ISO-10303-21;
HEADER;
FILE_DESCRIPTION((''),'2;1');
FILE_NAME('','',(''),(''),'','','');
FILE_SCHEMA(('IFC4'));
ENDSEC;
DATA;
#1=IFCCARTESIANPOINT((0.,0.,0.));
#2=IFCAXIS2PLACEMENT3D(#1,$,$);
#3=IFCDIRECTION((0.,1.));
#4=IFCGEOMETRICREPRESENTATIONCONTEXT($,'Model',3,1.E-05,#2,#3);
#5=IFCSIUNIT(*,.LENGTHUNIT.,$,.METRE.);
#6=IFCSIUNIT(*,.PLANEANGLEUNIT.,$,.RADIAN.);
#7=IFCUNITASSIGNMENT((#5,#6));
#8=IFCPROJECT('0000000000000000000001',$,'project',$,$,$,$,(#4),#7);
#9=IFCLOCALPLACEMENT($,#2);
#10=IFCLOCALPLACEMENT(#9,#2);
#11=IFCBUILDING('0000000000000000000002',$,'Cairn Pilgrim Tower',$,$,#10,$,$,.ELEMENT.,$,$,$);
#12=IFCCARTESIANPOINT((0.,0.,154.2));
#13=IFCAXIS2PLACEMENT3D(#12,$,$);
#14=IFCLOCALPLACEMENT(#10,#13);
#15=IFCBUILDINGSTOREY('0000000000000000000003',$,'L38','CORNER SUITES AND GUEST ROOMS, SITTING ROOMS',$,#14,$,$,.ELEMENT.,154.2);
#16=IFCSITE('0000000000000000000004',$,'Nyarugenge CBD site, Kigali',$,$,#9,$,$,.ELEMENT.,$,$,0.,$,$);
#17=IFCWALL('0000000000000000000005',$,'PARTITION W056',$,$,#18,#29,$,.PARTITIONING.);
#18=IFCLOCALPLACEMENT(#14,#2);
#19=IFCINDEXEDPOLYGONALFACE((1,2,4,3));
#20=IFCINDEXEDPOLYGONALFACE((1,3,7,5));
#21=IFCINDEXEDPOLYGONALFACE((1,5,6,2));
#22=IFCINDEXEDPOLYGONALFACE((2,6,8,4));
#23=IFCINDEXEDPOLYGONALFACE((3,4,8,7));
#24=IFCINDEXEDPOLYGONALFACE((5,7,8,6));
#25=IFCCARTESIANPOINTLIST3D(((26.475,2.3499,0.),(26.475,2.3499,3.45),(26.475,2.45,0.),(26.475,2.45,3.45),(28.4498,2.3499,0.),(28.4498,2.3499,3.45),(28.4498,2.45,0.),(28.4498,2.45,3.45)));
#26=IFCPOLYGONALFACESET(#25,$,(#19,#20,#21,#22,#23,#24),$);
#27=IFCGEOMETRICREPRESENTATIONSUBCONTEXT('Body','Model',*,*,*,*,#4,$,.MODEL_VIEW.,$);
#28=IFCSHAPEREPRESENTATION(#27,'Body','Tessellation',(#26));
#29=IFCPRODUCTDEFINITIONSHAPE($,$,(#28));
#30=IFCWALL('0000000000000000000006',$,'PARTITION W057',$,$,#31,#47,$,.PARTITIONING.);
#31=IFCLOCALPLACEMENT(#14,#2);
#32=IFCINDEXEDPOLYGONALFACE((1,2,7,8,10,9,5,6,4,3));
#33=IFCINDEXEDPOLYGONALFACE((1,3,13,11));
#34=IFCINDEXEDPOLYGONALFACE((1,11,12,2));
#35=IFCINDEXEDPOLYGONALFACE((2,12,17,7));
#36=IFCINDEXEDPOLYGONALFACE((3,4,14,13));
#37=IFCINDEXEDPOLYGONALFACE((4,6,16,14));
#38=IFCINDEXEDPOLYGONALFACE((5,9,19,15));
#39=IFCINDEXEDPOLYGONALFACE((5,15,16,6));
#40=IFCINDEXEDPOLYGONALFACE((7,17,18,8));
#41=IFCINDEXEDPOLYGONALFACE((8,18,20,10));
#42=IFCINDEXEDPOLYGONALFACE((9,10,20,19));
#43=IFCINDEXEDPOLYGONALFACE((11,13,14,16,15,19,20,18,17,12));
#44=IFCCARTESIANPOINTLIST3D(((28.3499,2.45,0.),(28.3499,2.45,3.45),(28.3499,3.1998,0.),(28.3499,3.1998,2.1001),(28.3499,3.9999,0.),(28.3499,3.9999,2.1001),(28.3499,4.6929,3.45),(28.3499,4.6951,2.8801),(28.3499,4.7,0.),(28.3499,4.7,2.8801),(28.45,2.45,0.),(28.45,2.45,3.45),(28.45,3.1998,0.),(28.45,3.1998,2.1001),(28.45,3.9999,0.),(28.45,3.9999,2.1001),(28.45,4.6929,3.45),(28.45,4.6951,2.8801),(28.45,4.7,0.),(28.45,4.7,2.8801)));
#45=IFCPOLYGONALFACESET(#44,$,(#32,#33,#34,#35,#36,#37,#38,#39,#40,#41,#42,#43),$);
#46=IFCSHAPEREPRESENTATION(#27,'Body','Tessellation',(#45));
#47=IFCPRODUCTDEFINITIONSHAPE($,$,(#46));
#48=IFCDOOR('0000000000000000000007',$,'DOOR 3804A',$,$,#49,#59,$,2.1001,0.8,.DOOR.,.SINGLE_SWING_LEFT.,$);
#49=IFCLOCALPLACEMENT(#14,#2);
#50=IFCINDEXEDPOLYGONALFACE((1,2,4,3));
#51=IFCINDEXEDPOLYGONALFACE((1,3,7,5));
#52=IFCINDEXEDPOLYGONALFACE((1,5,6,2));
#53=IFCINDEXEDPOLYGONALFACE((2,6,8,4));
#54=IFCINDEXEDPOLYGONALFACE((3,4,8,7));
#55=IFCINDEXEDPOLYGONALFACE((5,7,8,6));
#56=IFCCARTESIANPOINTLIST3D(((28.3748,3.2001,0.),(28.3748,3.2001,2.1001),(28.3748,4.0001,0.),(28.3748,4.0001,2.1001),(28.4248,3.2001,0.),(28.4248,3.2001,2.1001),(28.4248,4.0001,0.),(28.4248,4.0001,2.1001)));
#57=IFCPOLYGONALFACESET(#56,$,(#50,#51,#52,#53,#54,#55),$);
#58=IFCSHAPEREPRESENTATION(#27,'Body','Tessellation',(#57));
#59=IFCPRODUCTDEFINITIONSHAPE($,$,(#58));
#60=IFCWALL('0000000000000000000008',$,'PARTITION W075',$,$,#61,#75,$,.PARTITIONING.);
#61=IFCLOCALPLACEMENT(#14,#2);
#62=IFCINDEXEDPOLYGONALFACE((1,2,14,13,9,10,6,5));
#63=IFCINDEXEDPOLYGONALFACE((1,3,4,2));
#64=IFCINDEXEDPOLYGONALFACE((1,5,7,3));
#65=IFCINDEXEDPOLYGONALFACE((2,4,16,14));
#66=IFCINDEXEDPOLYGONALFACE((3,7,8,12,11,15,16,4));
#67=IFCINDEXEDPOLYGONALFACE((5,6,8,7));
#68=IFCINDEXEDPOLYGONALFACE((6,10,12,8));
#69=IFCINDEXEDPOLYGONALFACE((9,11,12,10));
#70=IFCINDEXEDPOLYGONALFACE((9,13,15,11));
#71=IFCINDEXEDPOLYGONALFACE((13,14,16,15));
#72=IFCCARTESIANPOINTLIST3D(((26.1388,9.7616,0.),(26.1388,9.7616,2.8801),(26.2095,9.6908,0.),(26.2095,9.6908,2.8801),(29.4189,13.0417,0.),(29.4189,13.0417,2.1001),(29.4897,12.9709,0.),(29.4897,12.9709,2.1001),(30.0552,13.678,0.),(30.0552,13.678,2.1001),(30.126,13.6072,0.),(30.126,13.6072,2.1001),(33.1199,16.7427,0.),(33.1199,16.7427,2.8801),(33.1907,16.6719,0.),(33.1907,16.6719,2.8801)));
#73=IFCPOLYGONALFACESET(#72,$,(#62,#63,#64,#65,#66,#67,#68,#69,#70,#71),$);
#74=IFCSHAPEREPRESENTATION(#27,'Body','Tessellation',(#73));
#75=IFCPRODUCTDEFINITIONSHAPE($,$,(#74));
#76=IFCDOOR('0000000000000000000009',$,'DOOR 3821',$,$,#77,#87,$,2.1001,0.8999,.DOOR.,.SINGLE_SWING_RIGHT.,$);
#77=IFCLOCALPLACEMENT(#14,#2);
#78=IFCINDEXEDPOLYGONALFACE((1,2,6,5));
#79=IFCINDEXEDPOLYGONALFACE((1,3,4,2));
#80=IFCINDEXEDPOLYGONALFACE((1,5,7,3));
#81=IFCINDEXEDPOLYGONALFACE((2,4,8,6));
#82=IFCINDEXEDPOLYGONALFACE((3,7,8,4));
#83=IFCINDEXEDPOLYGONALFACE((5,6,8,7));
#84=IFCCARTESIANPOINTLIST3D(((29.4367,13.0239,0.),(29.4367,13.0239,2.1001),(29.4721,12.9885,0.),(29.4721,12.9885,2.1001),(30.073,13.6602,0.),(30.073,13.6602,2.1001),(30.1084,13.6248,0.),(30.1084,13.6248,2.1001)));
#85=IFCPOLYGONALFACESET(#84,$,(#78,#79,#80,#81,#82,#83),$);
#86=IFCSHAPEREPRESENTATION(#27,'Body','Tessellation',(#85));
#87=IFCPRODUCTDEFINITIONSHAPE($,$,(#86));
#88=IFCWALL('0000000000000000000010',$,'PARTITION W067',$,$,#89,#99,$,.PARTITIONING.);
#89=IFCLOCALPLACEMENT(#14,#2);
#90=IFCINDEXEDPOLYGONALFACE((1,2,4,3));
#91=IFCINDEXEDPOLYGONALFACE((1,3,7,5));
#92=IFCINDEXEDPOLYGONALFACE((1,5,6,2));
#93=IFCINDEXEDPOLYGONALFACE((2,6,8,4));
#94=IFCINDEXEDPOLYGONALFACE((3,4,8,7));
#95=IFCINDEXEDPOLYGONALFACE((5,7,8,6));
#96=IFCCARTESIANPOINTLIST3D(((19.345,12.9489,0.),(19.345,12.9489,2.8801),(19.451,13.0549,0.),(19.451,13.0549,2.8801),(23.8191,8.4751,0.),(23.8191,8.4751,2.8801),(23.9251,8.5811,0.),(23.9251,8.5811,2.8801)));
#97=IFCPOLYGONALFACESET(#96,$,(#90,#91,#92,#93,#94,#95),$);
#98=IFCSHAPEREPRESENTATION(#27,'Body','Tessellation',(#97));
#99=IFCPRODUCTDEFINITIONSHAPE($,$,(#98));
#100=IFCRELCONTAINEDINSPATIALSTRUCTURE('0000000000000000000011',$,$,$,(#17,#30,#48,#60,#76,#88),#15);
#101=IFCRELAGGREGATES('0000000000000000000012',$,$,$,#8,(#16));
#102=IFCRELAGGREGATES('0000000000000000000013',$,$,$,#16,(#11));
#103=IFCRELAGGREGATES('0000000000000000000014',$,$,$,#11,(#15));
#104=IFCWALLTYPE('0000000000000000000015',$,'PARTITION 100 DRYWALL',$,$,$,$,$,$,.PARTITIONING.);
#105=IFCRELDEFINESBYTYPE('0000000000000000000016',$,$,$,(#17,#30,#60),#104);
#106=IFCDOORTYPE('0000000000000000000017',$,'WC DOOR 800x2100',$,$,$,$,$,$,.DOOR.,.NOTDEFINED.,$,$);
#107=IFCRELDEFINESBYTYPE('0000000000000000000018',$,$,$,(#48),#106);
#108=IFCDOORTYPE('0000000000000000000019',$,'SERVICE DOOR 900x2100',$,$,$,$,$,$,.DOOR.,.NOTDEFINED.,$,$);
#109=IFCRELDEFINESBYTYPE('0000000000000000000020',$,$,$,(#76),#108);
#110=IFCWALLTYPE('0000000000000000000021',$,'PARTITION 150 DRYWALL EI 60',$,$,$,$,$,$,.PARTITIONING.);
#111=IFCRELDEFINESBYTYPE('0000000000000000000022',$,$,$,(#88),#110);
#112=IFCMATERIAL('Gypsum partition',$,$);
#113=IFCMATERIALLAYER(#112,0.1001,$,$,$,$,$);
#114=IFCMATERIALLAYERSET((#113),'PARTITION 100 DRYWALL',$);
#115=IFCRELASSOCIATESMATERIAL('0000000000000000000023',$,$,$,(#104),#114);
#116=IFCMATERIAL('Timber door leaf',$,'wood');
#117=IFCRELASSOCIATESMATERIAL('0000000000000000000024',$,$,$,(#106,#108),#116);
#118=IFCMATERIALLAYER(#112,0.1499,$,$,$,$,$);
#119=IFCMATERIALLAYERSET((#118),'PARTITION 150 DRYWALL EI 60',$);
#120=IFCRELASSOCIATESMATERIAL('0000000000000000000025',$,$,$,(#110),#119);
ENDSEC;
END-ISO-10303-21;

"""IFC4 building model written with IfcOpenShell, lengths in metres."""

from ifc_helpers import new_model, si_unit, direction, frame, frame_2d, origin, place, context, subcontext, project, spatial, polyline, rectangle, outline, extrude, material, layer, layer_set, type_object, element, fill, save


model = new_model("IFC4")

# Units and contexts
model_context = context("Model", 3, precision=1e-05, world=origin(), true_north=direction((0.0, 1.0)))
body_context = subcontext(model_context, "Body", "Model", "MODEL_VIEW")
ifc_project = project(units=[si_unit("LENGTHUNIT", "METRE"), si_unit("PLANEANGLEUNIT", "RADIAN")], contexts=[model_context])

# Site, building, storey
site_placement = place(None, origin())
site = spatial("IfcSite", under=ifc_project, at=site_placement, Name="Nyarugenge CBD site, Kigali", CompositionType="ELEMENT", RefElevation=0.0)
building_placement = place(site_placement, origin())
building = spatial("IfcBuilding", under=site, at=building_placement, Name="Cairn Pilgrim Tower", CompositionType="ELEMENT")
storey_placement = place(building_placement, frame((0.0, 0.0, 154.2)))
storey = spatial("IfcBuildingStorey", under=building, at=storey_placement, Name="L38", Description="CORNER SUITES AND GUEST ROOMS, SITTING ROOMS", CompositionType="ELEMENT", Elevation=154.2)

# Wall
ifc_material_1 = material(Name="Gypsum partition")
ifc_layer_1 = layer(ifc_material_1, 0.1001)
ifc_layer_set_1 = layer_set([ifc_layer_1], Name="PARTITION 100 DRYWALL")
wall_type_1 = type_object("IfcWallType", Name="PARTITION 100 DRYWALL", PredefinedType="PARTITIONING", material=ifc_layer_set_1)
wall_1_placement = place(storey_placement, frame((26.4751, 2.3999, 0.0), z_axis=(0.0, 0.0, 1.0), x_axis=(1.0, 0.0, 0.0)))
element("IfcWall", 1, at=wall_1_placement, inside=storey, type_object=wall_type_1, Name="PARTITION W056", PredefinedType="PARTITIONING", context=body_context, shape_type="SweptSolid", body=[
    extrude(rectangle(XDim=1.9749, YDim=0.1001, at=frame_2d((0.9873, 0.0))), origin(), (0.0, 0.0, 1.0), 3.45),
])

# Walls, openings, doors
wall_2_placement = place(storey_placement, frame((28.3999, 2.45, 0.0), z_axis=(0.0, 0.0, 1.0), x_axis=(0.0, 1.0, 0.0)))
wall_2 = element("IfcWall", 2, at=wall_2_placement, inside=storey, type_object=wall_type_1, Name="PARTITION W057", PredefinedType="PARTITIONING", context=body_context, shape_type="SweptSolid", body=[
    extrude(outline(polyline([(0.0, 0.0), (2.25, 0.0), (2.25, 2.8801), (2.2451, 2.8801), (2.2429, 3.45), (0.0, 3.45), (0.0, 0.0)])), frame((0.0, 0.05, 0.0), z_axis=(0.0, -1.0, 0.0), x_axis=(1.0, 0.0, 0.0)), (0.0, 0.0, 1.0), 0.1001),
])
opening_1_placement = place(wall_2_placement, frame((0.75, 0.0, 0.0)))
opening_1 = element("IfcOpeningElement", 3, at=opening_1_placement, cuts=wall_2, PredefinedType="OPENING", context=body_context, shape_type="SweptSolid", body=[
    extrude(rectangle(XDim=0.8, YDim=2.1001, at=frame_2d((0.3999, 1.05))), frame((0.0, 0.0601, 0.0), z_axis=(0.0, -1.0, 0.0), x_axis=(1.0, 0.0, 0.0)), (0.0, 0.0, 1.0), 0.1201),
])
ifc_material_2 = material(Name="Timber door leaf", Category="wood")
door_type_1 = type_object("IfcDoorType", Name="WC DOOR 800x2100", OperationType="NOTDEFINED", PredefinedType="DOOR", material=ifc_material_2)
door_1_placement = place(opening_1_placement, frame((0.8, 0.0, 0.0), z_axis=(0.0, 0.0, 1.0), x_axis=(-1.0, 0.0, 0.0)))
door_1 = element("IfcDoor", 4, at=door_1_placement, inside=storey, type_object=door_type_1, Name="DOOR 3804A", OperationType="SINGLE_SWING_LEFT", OverallHeight=2.1001, OverallWidth=0.8, PredefinedType="DOOR", context=body_context, shape_type="SweptSolid", body=[
    extrude(rectangle(XDim=0.8, YDim=2.1001, at=frame_2d((0.3999, 1.05))), frame((0.0, 0.0249, 0.0), z_axis=(0.0, -1.0, 0.0), x_axis=(1.0, 0.0, 0.0)), (0.0, 0.0, 1.0), 0.05),
])
fill(opening_1, door_1)
wall_3_placement = place(storey_placement, frame((26.1741, 9.7261, 0.0), z_axis=(0.0, 0.0, 1.0), x_axis=(0.707107, 0.707107, 0.0)))
wall_3 = element("IfcWall", 5, at=wall_3_placement, inside=storey, type_object=wall_type_1, Name="PARTITION W075", PredefinedType="PARTITIONING", context=body_context, shape_type="SweptSolid", body=[
    extrude(rectangle(XDim=9.8728, YDim=0.1001, at=frame_2d((4.9365, 0.0))), origin(), (0.0, 0.0, 1.0), 2.8801),
])
opening_2_placement = place(wall_3_placement, frame((4.6389, 0.0, 0.0)))
opening_2 = element("IfcOpeningElement", 6, at=opening_2_placement, cuts=wall_3, PredefinedType="OPENING", context=body_context, shape_type="SweptSolid", body=[
    extrude(rectangle(XDim=0.8999, YDim=2.1001, at=frame_2d((0.45, 1.05))), frame((0.0, 0.0601, 0.0), z_axis=(0.0, -1.0, 0.0), x_axis=(1.0, 0.0, 0.0)), (0.0, 0.0, 1.0), 0.1201),
])
door_type_2 = type_object("IfcDoorType", Name="SERVICE DOOR 900x2100", OperationType="NOTDEFINED", PredefinedType="DOOR", material=ifc_material_2)
door_2_placement = place(opening_2_placement, origin())
door_2 = element("IfcDoor", 7, at=door_2_placement, inside=storey, type_object=door_type_2, Name="DOOR 3821", OperationType="SINGLE_SWING_RIGHT", OverallHeight=2.1001, OverallWidth=0.8999, PredefinedType="DOOR", context=body_context, shape_type="SweptSolid", body=[
    extrude(rectangle(XDim=0.8999, YDim=2.1001, at=frame_2d((0.45, 1.05))), frame((0.0, 0.0249, 0.0), z_axis=(0.0, -1.0, 0.0), x_axis=(1.0, 0.0, 0.0)), (0.0, 0.0, 1.0), 0.05),
])
fill(opening_2, door_2)

# Wall
ifc_layer_2 = layer(ifc_material_1, 0.1499)
ifc_layer_set_2 = layer_set([ifc_layer_2], Name="PARTITION 150 DRYWALL EI 60")
wall_type_2 = type_object("IfcWallType", Name="PARTITION 150 DRYWALL EI 60", PredefinedType="PARTITIONING", material=ifc_layer_set_2)
wall_4_placement = place(storey_placement, frame((23.8721, 8.5281, 0.0), z_axis=(0.0, 0.0, 1.0), x_axis=(-0.707126, 0.707087, 0.0)))
element("IfcWall", 8, at=wall_4_placement, inside=storey, type_object=wall_type_2, Name="PARTITION W067", PredefinedType="PARTITIONING", context=body_context, shape_type="SweptSolid", body=[
    extrude(rectangle(XDim=6.3271, YDim=0.1499, at=frame_2d((3.1636, 0.0))), origin(), (0.0, 0.0, 1.0), 2.8801),
])

save(model, "model.ifc")
